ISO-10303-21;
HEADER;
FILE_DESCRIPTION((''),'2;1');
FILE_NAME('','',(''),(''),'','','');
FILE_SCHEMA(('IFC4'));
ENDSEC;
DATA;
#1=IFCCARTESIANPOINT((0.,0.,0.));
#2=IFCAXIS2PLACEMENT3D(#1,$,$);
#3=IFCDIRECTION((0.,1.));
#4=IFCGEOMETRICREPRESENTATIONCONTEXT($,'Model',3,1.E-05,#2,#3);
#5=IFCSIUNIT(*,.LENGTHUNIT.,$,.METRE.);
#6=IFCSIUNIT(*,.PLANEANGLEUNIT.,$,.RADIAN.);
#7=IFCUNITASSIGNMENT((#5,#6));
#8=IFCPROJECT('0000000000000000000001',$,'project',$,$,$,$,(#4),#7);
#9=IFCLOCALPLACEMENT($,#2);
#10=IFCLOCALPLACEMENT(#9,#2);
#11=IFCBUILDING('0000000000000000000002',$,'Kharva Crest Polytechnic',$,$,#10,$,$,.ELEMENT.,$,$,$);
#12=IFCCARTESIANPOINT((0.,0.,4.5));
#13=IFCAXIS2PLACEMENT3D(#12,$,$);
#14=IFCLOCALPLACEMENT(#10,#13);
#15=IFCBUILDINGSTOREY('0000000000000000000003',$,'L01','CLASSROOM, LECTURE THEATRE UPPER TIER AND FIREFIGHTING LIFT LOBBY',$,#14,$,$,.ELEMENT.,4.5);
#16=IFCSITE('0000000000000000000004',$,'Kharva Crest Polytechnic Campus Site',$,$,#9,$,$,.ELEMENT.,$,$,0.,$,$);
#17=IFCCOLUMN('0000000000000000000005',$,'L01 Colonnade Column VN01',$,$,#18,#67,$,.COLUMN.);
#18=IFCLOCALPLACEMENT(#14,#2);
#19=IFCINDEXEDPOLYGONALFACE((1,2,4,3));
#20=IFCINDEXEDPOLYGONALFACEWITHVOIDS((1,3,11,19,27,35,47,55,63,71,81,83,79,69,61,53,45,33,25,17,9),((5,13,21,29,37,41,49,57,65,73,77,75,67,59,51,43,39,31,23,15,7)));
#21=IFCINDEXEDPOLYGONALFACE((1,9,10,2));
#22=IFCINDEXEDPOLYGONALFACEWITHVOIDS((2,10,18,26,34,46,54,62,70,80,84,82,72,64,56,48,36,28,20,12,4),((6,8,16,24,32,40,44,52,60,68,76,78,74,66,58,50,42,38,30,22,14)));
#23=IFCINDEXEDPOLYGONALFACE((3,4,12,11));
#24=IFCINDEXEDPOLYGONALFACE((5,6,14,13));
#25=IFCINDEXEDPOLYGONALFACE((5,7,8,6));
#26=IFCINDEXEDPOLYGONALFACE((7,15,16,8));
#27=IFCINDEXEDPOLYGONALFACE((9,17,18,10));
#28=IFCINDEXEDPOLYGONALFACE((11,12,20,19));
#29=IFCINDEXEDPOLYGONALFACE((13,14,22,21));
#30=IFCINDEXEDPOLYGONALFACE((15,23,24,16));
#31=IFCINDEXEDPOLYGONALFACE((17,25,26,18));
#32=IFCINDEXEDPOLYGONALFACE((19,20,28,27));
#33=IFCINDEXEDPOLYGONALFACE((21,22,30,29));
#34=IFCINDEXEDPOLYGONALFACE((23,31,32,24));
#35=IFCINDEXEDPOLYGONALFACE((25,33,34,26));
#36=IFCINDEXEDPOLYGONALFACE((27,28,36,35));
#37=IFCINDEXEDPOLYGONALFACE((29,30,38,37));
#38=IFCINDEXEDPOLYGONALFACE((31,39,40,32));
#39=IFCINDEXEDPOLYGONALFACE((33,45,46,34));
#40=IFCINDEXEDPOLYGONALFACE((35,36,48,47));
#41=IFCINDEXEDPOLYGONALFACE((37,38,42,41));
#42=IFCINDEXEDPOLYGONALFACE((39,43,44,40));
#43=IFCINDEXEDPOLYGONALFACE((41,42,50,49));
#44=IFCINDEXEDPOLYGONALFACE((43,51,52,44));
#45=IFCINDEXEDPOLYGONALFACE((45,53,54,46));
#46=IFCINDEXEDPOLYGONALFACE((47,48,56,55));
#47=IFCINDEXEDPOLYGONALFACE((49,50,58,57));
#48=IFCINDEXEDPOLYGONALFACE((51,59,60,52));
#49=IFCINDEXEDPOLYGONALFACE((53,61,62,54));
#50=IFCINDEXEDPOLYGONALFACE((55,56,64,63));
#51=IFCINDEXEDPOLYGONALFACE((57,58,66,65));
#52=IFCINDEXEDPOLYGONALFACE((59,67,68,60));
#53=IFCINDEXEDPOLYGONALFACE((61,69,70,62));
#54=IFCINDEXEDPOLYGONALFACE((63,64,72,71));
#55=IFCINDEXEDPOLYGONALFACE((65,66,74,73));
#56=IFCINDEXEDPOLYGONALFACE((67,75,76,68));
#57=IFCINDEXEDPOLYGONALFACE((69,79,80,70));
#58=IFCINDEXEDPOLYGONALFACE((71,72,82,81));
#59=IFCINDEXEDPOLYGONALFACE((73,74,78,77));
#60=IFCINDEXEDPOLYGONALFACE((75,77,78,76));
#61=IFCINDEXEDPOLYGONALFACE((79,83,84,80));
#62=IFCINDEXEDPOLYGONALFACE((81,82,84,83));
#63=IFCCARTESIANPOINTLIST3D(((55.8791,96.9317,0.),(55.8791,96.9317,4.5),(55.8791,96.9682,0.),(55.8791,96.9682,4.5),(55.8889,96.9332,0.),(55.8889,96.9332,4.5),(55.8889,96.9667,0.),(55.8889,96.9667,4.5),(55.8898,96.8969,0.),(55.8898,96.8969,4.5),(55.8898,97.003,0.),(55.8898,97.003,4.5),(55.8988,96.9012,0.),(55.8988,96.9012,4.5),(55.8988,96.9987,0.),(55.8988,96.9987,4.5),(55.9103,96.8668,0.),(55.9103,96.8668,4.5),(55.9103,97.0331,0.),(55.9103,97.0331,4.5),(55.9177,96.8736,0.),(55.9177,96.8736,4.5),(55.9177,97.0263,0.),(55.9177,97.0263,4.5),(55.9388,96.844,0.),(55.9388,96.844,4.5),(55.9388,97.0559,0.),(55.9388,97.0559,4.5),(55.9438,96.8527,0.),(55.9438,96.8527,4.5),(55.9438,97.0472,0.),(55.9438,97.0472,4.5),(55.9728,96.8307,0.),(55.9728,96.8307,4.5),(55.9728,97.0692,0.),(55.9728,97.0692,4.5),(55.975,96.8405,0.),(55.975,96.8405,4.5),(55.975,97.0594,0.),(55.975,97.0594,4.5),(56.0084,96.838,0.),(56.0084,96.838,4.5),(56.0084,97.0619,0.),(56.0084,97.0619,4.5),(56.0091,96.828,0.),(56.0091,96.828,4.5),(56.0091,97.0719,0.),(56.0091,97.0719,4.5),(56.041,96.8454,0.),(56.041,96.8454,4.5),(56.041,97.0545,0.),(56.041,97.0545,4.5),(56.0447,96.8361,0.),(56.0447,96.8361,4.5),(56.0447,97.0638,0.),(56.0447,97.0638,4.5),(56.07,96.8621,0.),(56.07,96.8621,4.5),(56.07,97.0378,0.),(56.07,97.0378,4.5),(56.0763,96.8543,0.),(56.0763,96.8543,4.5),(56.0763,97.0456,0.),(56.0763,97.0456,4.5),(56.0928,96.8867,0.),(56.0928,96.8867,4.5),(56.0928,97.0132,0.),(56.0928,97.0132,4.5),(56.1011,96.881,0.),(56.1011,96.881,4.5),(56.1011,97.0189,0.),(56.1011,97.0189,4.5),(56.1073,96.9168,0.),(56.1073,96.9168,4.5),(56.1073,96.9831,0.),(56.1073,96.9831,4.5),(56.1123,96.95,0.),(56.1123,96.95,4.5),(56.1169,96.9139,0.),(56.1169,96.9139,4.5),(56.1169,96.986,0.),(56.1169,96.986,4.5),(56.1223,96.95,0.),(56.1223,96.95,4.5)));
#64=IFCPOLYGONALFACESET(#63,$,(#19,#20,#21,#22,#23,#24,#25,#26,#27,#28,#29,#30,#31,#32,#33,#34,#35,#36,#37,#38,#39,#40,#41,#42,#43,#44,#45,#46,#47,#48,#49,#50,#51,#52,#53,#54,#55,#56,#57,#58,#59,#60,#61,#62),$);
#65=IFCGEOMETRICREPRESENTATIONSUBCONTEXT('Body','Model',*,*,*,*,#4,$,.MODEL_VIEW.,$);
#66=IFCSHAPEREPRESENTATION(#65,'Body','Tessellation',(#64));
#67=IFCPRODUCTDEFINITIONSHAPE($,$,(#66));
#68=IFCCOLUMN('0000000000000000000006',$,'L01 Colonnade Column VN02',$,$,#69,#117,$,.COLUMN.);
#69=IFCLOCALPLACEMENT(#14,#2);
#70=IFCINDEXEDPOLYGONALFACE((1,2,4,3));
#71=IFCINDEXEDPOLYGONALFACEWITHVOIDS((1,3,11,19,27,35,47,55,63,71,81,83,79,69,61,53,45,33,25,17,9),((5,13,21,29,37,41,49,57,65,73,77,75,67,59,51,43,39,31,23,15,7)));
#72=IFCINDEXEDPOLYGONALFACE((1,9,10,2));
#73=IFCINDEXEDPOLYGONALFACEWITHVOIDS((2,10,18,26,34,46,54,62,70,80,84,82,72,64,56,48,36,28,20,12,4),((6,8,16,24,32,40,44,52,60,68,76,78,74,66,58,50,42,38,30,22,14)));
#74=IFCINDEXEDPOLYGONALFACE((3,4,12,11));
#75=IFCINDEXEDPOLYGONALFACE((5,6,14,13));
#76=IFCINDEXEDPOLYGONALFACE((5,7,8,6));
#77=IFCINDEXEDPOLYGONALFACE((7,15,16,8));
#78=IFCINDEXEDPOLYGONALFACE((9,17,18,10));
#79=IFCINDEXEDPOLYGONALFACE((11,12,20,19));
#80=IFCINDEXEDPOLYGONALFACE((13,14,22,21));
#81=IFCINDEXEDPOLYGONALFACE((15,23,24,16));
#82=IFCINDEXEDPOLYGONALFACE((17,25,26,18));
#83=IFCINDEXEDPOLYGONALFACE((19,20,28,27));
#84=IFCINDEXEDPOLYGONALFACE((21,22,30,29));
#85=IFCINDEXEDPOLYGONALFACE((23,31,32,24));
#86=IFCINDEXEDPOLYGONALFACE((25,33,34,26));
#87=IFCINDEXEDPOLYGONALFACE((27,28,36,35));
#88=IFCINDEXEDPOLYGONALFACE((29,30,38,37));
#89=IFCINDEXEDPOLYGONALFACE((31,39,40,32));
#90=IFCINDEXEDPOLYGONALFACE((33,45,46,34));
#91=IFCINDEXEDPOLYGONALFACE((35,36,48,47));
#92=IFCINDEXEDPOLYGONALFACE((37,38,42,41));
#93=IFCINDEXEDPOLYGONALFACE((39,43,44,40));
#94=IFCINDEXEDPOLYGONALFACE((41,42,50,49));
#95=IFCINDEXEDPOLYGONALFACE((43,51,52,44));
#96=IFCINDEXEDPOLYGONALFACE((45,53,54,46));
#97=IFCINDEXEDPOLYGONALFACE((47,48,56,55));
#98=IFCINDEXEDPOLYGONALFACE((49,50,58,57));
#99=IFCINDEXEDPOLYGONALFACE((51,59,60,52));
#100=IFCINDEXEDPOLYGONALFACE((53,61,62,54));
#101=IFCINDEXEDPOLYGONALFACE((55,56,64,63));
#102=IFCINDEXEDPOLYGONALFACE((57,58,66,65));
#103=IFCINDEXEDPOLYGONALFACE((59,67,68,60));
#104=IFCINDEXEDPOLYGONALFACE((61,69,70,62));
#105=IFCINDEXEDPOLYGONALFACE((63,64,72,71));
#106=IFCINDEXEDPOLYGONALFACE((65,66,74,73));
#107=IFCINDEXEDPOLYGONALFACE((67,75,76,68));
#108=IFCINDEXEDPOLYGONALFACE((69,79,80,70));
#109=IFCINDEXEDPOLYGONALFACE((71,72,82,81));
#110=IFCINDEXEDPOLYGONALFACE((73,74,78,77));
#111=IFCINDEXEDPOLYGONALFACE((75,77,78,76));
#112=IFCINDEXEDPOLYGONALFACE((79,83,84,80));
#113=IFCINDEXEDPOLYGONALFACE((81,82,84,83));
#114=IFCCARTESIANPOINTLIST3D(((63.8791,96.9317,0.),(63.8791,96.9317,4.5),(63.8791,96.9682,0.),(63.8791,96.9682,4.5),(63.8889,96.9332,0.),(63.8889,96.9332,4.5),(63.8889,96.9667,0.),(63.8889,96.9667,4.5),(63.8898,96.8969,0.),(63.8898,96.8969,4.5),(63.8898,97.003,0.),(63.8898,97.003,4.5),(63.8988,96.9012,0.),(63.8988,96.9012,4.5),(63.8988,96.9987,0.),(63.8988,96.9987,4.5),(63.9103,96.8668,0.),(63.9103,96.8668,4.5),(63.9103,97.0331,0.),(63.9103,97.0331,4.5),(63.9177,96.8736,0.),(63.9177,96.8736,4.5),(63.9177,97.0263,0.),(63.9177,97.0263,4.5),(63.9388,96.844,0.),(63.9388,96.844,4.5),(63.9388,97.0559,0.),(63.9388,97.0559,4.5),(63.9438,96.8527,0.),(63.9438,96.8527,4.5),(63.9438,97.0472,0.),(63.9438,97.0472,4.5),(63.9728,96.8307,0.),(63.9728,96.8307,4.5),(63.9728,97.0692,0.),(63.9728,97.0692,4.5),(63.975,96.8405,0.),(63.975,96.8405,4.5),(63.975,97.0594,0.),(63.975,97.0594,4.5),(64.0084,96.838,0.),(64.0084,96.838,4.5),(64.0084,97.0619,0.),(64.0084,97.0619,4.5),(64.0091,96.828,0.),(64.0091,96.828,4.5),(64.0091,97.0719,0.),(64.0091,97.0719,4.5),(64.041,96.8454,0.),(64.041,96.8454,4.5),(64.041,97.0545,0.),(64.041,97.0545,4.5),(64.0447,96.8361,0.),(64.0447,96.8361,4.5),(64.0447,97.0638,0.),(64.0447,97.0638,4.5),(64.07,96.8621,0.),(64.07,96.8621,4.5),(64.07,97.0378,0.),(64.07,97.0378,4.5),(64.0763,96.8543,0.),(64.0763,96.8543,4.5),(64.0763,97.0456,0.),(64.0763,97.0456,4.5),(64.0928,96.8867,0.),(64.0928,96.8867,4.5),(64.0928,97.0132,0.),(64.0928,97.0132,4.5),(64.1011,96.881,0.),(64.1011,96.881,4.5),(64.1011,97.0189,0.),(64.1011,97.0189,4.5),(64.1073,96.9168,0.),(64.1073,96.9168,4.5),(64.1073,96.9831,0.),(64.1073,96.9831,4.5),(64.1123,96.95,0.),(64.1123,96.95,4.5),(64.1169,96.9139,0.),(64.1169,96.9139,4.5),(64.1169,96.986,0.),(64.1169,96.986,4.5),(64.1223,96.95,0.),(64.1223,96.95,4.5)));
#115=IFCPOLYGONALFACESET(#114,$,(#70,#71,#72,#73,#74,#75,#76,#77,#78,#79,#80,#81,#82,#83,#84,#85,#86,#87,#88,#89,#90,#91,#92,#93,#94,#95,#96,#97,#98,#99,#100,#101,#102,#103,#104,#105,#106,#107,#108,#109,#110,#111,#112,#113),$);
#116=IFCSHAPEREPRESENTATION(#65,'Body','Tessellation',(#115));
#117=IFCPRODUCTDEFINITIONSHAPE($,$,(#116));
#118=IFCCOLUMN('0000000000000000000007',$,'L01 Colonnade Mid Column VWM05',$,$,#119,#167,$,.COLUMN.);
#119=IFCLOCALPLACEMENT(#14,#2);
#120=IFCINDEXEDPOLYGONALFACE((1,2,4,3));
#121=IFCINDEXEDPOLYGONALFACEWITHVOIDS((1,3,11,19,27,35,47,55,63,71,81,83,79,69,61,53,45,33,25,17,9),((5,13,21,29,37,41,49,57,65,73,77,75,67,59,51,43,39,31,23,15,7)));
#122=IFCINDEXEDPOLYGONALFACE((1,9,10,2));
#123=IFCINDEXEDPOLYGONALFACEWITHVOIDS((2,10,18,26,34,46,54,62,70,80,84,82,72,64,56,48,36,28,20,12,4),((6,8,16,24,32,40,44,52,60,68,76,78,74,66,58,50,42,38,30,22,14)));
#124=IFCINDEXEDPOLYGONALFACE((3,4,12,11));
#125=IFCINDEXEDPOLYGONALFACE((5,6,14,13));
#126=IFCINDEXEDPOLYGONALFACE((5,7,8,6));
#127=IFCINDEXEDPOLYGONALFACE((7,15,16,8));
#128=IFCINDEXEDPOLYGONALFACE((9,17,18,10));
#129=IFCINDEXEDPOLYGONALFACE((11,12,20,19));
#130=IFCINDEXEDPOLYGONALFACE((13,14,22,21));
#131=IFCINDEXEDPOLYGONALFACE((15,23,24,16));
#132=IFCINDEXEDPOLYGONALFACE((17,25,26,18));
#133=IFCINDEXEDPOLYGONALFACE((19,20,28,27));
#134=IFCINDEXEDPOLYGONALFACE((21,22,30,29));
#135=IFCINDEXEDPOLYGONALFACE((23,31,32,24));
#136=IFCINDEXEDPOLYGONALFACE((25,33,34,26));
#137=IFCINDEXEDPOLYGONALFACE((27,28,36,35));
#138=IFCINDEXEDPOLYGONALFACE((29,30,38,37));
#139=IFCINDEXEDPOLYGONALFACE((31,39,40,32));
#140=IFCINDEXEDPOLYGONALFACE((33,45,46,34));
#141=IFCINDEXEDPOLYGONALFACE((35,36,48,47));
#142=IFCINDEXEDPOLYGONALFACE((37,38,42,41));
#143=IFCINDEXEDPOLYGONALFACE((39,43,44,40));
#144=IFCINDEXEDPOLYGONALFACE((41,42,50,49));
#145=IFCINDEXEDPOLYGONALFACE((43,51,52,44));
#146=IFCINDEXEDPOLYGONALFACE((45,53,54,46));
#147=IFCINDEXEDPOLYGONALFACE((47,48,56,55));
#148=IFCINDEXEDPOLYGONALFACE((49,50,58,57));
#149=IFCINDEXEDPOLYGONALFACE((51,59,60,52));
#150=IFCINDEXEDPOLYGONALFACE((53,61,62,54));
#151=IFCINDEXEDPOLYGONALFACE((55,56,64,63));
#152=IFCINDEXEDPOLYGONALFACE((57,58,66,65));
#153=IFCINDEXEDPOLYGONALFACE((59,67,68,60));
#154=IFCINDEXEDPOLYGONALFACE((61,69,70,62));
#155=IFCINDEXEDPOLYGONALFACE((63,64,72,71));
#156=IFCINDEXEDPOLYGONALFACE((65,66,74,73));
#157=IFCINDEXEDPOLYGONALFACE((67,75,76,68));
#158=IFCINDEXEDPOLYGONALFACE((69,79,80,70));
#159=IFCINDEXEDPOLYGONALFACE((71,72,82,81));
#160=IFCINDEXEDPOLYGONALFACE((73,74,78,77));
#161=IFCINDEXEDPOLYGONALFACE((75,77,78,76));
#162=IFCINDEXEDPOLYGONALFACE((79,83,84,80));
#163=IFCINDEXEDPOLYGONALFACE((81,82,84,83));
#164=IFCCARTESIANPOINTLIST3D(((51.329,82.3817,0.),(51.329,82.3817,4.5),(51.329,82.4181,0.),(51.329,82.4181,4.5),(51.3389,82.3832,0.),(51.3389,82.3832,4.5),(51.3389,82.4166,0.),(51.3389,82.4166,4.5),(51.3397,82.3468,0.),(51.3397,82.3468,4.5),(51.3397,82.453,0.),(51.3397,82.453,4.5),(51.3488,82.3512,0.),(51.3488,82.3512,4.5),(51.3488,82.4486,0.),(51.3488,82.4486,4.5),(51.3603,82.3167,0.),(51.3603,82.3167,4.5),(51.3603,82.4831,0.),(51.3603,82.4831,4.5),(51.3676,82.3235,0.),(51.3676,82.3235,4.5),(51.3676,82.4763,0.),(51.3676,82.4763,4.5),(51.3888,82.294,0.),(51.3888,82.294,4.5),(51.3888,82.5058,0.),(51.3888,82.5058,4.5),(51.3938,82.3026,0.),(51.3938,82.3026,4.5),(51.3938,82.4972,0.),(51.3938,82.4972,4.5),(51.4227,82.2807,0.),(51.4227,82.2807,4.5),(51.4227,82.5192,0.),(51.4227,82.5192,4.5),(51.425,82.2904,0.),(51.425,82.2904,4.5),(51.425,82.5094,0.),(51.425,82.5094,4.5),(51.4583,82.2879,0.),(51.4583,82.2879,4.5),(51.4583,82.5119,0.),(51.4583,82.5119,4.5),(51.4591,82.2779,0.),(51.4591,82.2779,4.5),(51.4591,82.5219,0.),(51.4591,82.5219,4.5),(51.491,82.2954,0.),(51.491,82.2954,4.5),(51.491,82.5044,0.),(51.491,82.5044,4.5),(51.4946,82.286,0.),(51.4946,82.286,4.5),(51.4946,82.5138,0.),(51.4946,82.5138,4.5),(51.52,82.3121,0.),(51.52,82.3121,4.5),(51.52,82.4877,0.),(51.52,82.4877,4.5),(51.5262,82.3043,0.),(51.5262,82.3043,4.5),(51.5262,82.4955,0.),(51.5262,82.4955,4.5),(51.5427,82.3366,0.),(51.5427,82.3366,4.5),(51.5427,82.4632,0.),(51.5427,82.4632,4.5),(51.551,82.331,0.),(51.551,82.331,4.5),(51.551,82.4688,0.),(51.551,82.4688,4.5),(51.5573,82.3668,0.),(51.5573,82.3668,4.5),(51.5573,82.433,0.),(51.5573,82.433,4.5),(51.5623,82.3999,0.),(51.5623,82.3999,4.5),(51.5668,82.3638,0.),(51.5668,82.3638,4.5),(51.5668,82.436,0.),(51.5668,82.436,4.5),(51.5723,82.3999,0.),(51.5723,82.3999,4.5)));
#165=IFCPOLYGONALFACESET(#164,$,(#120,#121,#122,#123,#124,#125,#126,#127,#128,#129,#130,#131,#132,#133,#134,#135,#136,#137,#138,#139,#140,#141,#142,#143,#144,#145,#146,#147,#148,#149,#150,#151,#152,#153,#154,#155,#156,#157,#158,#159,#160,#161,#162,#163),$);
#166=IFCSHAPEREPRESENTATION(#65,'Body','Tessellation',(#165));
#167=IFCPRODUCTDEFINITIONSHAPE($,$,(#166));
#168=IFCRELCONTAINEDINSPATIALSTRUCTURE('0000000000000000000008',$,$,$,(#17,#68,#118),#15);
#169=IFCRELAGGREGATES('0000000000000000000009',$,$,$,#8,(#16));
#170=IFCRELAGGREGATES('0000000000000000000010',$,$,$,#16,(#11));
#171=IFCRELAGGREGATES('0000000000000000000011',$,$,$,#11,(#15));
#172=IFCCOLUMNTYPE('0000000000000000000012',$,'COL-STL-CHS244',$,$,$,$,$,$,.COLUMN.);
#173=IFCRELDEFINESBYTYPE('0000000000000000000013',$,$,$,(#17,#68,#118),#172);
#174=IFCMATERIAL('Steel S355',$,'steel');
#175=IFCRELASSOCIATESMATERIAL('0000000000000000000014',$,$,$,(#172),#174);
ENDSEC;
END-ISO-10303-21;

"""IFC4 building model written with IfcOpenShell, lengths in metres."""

from ifc_helpers import new_model, si_unit, direction, frame, origin, origin_2d, place, context, subcontext, project, spatial, hollow_circle, extrude, material, material_profile, profile_set, type_object, element, save


model = new_model("IFC4")

# Units and contexts
model_context = context("Model", 3, precision=1e-05, world=origin(), true_north=direction((0.0, 1.0)))
body_context = subcontext(model_context, "Body", "Model", "MODEL_VIEW")
ifc_project = project(units=[si_unit("LENGTHUNIT", "METRE"), si_unit("PLANEANGLEUNIT", "RADIAN")], contexts=[model_context])

# Site, building, storey
site_placement = place(None, origin())
site = spatial("IfcSite", under=ifc_project, at=site_placement, Name="Kharva Crest Polytechnic Campus Site", CompositionType="ELEMENT", RefElevation=0.0)
building_placement = place(site_placement, origin())
building = spatial("IfcBuilding", under=site, at=building_placement, Name="Kharva Crest Polytechnic", CompositionType="ELEMENT")
storey_placement = place(building_placement, frame((0.0, 0.0, 4.5)))
storey = spatial("IfcBuildingStorey", under=building, at=storey_placement, Name="L01", Description="CLASSROOM, LECTURE THEATRE UPPER TIER AND FIREFIGHTING LIFT LOBBY", CompositionType="ELEMENT", Elevation=4.5)

# Columns
ifc_material_1 = material(Name="Steel S355", Category="steel")
ifc_material_profile_1 = material_profile(ifc_material_1, hollow_circle(Radius=0.1223, WallThickness=0.01, at=origin_2d()), Name="CHS 244.5X10.0")
ifc_profile_set_1 = profile_set([ifc_material_profile_1], Name="Steel S355")
column_type_1 = type_object("IfcColumnType", Name="COL-STL-CHS244", PredefinedType="COLUMN", material=ifc_profile_set_1)
for number, where, z_axis, x_axis, name in (
    (1, (56.0, 96.95, 0.0), (0.0, 0.0, 1.0), (1.0, 0.0, 0.0), "L01 Colonnade Column VN01"),
    (2, (64.0, 96.95, 0.0), (0.0, 0.0, 1.0), (1.0, 0.0, 0.0), "L01 Colonnade Column VN02"),
    (3, (51.45, 82.3999, 0.0), (0.0, 0.0, 1.0), (1.0, 0.0, 0.0), "L01 Colonnade Mid Column VWM05"),
):
    element("IfcColumn", number, at=place(storey_placement, frame(where, z_axis=z_axis, x_axis=x_axis)), inside=storey, type_object=column_type_1, Name=name, PredefinedType="COLUMN", context=body_context, shape_type="SweptSolid", body=[
        extrude(hollow_circle(Radius=0.1223, WallThickness=0.01, at=origin_2d()), origin(), (0.0, 0.0, 1.0), 4.5),
    ])

save(model, "model.ifc")
